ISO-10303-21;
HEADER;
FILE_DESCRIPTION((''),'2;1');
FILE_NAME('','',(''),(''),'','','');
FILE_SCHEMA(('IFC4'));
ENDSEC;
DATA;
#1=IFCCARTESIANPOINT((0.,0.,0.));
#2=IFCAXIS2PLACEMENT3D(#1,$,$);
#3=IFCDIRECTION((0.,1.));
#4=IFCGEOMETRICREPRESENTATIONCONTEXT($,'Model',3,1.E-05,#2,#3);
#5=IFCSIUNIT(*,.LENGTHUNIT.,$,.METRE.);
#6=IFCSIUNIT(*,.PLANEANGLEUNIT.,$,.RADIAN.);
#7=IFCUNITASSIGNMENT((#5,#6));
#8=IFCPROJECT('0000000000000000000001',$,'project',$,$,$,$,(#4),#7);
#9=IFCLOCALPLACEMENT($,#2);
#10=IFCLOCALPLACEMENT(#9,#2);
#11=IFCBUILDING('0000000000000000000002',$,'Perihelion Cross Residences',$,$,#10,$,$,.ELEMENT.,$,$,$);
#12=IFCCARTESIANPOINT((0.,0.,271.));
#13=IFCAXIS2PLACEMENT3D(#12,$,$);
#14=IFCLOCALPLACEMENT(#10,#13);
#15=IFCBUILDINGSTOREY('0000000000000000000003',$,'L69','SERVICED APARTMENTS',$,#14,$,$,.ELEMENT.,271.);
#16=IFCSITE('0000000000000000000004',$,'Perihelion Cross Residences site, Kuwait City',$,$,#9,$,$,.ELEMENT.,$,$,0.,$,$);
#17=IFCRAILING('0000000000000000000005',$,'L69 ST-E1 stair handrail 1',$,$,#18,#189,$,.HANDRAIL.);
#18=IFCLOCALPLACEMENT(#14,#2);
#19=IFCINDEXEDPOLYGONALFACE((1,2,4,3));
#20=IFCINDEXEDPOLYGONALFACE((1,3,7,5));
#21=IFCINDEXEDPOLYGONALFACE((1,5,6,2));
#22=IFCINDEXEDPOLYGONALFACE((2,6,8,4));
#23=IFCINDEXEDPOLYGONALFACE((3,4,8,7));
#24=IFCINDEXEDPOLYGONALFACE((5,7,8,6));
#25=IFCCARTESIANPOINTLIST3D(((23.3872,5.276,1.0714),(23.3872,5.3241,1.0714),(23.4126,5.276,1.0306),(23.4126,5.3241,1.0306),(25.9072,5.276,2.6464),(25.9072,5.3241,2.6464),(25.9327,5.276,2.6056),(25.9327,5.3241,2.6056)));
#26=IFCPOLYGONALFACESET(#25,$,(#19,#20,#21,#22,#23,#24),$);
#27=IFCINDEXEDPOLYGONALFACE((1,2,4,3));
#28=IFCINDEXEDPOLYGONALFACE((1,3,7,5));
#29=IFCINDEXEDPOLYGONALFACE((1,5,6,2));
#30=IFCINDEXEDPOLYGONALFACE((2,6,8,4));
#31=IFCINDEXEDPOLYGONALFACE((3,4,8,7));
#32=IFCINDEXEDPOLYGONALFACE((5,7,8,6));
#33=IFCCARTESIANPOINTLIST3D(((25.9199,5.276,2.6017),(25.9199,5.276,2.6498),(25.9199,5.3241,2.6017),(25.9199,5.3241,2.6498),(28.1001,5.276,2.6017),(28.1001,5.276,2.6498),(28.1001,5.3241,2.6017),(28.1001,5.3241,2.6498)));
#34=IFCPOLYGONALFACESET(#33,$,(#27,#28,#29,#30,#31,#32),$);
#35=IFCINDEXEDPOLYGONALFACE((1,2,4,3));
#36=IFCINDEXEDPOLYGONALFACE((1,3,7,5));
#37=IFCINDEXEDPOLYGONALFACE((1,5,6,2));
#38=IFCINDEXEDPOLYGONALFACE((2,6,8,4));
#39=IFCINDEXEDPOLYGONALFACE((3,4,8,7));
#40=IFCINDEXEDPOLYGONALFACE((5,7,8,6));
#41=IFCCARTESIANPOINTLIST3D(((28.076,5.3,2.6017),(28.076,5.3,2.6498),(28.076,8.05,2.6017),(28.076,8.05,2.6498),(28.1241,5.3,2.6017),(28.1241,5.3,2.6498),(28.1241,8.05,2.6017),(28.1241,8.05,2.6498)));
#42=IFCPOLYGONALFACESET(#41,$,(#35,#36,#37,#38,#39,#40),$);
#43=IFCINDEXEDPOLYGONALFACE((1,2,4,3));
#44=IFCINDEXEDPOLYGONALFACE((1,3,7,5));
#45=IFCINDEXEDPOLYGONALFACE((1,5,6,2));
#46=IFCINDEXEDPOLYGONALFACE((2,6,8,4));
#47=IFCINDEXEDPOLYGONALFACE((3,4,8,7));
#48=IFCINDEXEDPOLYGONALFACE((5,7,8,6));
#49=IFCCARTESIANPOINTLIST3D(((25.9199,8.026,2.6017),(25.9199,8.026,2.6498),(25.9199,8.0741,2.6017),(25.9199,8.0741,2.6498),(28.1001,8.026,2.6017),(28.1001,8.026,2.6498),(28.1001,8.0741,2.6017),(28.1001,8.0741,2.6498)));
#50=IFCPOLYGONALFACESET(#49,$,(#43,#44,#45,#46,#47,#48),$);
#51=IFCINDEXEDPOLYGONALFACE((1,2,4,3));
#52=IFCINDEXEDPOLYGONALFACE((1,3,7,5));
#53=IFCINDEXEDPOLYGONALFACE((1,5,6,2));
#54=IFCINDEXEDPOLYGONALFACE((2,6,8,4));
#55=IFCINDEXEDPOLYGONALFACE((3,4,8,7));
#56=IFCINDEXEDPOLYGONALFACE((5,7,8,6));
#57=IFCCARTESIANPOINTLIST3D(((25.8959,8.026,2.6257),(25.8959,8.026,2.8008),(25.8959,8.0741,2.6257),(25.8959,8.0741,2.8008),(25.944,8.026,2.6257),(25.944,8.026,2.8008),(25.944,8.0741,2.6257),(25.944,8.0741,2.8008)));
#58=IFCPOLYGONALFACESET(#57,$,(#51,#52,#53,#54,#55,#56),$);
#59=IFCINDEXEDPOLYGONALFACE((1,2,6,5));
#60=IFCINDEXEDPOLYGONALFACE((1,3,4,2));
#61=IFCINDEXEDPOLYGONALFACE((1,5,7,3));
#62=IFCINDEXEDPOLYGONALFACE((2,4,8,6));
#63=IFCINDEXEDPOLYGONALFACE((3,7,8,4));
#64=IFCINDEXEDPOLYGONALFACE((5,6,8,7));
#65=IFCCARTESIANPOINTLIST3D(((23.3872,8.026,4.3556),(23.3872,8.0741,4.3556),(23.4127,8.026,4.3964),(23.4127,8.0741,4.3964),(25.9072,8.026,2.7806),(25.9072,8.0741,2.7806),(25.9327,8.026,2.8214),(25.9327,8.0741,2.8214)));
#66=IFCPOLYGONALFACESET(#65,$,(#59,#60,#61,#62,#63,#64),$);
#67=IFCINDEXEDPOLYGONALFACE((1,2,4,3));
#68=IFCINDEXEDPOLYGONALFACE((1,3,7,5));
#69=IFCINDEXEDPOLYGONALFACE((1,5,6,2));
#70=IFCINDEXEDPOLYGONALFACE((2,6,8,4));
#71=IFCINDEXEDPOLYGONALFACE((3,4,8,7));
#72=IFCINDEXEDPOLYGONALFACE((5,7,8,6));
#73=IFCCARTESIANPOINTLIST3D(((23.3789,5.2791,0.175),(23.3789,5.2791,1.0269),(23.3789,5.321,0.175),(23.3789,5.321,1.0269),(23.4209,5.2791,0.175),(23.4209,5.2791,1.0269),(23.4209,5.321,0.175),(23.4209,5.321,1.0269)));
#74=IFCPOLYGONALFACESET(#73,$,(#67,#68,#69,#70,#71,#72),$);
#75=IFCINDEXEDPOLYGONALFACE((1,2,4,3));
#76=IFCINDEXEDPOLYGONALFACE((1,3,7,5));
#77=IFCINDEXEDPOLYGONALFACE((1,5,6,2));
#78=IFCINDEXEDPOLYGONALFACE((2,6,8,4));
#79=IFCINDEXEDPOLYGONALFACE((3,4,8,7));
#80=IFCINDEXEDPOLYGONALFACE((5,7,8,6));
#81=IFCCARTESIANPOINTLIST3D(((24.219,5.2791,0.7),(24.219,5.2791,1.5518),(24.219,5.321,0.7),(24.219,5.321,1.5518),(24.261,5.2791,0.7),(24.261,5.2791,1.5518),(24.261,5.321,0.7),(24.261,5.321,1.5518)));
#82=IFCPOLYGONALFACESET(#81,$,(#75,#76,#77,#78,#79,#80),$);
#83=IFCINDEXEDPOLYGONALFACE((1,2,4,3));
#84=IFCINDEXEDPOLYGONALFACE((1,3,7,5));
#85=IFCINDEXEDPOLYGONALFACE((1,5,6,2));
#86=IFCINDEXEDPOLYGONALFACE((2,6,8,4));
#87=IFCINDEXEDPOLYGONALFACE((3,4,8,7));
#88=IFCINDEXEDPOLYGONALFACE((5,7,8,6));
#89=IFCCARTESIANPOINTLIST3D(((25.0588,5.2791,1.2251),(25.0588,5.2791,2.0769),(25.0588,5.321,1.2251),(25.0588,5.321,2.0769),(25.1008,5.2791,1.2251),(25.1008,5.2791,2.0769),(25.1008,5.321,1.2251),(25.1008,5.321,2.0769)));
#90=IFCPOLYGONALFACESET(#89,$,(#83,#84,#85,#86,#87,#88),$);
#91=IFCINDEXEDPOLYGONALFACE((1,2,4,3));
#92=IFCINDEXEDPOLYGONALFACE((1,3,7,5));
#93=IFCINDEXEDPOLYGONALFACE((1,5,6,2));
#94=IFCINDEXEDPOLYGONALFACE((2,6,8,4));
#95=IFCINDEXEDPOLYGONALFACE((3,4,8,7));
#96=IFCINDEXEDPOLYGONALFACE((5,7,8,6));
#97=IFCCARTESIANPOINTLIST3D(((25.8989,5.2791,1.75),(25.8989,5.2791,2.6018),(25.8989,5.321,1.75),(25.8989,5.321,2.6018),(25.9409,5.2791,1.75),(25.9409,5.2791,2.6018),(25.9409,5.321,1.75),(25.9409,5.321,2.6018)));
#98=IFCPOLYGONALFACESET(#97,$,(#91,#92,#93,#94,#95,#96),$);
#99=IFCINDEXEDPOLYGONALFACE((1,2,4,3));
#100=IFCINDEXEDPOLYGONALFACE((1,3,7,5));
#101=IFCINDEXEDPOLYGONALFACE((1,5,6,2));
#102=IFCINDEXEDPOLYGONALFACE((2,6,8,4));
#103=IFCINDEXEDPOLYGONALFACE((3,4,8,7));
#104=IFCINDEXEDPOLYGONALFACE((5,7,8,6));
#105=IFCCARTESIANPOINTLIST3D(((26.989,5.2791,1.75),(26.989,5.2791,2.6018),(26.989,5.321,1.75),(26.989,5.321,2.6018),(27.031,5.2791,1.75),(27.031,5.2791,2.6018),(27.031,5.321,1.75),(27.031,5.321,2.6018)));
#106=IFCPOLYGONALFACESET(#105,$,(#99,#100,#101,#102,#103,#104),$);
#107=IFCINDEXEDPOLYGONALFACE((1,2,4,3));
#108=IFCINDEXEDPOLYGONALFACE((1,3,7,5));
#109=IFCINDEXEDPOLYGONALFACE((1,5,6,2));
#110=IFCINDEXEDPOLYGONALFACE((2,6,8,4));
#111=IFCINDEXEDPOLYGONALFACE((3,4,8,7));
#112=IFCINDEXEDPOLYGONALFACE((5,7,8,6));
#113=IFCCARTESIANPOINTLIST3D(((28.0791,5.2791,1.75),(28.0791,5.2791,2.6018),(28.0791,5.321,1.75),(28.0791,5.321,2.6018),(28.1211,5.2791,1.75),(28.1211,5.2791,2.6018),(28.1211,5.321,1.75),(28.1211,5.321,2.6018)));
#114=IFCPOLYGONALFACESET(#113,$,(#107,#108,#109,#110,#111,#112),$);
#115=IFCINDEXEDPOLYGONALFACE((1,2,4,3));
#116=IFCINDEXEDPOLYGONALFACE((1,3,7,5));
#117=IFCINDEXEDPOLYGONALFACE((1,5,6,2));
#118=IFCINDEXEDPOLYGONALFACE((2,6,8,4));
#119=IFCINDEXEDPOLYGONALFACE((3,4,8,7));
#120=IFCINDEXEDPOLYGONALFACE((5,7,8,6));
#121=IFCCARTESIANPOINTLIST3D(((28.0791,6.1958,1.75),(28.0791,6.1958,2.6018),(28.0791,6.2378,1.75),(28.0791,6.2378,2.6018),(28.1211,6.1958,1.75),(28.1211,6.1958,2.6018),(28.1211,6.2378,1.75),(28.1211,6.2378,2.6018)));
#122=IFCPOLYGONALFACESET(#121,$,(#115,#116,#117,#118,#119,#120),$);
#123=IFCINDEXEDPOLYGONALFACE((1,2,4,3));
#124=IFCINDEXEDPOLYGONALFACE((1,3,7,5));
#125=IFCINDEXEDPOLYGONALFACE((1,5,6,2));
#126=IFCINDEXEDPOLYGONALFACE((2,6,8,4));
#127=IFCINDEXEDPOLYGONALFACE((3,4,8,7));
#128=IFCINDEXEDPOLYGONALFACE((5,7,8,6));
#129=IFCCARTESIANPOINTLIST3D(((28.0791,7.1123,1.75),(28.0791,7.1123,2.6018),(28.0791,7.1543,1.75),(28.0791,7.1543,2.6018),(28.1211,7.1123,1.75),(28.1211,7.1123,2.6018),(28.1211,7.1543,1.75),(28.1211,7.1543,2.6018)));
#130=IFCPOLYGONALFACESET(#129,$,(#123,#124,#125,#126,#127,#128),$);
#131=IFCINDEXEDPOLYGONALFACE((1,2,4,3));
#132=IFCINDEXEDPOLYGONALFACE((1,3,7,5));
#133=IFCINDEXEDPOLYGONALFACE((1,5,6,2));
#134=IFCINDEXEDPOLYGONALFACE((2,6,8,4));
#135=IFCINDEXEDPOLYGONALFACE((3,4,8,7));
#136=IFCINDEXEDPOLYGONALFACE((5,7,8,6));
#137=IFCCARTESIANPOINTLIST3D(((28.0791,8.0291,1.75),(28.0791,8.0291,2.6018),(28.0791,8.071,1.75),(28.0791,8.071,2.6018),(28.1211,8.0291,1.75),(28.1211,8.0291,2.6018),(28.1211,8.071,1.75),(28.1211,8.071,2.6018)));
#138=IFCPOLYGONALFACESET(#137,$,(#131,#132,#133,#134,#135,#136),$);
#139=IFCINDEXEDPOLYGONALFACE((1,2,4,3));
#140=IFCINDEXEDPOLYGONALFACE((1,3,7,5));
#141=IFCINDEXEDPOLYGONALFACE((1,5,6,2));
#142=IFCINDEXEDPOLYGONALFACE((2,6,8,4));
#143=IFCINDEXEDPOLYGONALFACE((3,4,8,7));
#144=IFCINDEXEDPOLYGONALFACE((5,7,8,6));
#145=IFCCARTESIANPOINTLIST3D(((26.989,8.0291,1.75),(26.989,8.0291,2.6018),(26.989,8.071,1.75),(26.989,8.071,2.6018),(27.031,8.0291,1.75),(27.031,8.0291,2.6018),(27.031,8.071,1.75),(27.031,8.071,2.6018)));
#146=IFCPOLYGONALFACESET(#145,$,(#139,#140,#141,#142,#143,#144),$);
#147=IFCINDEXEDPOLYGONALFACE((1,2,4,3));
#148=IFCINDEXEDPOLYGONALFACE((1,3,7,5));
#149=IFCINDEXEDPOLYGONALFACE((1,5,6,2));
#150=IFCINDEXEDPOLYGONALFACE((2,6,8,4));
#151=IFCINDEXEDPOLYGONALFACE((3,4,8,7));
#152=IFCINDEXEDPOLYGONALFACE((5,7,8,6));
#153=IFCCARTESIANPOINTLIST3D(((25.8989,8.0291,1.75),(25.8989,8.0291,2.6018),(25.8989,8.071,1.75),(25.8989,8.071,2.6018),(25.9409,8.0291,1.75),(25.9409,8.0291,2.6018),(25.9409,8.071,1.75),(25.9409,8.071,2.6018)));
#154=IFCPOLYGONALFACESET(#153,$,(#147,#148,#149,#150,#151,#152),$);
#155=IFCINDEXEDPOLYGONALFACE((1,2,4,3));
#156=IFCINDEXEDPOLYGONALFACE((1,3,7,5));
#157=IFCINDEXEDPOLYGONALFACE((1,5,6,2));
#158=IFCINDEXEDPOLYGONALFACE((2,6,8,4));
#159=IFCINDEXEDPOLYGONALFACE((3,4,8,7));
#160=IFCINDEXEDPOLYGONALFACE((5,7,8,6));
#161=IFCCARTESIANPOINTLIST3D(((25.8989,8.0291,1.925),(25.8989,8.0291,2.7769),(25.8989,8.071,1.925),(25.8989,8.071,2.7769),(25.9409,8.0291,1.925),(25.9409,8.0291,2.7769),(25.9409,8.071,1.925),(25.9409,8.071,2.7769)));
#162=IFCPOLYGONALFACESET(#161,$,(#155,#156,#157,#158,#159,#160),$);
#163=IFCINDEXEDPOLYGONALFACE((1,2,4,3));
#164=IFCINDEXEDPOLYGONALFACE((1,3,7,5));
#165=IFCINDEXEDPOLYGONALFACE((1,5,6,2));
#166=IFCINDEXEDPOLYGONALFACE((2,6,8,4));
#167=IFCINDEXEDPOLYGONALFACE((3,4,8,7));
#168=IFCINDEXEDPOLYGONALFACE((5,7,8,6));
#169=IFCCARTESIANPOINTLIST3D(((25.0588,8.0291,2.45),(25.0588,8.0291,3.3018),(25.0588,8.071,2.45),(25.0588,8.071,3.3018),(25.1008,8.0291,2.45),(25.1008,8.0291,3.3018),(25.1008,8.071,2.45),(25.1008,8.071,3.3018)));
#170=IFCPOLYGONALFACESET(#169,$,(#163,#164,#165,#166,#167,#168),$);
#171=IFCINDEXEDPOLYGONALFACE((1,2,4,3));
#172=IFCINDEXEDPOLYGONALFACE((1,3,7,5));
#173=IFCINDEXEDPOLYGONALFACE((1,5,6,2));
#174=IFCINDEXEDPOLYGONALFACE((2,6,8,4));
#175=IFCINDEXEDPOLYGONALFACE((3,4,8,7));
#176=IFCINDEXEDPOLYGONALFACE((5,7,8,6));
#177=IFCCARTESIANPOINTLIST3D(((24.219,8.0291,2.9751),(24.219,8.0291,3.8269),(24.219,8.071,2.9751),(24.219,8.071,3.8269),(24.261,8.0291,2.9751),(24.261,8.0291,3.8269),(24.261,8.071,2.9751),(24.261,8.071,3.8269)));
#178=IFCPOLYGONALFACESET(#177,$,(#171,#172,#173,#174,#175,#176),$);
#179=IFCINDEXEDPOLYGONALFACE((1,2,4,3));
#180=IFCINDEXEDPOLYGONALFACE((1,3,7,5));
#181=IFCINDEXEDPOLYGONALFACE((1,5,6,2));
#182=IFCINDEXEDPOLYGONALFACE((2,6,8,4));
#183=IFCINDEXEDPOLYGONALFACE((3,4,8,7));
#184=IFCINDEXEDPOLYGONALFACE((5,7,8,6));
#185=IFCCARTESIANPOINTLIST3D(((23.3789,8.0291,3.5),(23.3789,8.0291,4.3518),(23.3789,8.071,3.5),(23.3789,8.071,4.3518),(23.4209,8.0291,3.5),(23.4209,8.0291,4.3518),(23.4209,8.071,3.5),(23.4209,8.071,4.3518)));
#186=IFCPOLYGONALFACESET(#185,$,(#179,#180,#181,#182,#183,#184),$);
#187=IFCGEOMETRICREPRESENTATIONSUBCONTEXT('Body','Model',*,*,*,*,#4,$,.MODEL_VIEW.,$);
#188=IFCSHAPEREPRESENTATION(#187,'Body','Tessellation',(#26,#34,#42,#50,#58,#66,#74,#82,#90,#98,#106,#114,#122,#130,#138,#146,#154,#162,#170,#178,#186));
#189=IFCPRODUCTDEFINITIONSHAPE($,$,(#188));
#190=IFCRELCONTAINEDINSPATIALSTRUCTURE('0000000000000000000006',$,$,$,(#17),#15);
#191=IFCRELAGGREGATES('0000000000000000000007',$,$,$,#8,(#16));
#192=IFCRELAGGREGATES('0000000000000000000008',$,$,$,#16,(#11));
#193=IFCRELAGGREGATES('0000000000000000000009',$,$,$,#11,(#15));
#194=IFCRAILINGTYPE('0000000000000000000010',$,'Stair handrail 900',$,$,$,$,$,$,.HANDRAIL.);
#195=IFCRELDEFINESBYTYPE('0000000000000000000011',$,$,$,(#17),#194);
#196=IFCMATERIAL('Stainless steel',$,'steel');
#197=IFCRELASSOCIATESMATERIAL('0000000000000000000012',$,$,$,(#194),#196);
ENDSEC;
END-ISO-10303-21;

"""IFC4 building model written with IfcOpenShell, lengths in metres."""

from ifc_helpers import new_model, si_unit, direction, frame, origin, origin_2d, place, context, subcontext, project, spatial, rectangle, extrude, material, type_object, element, save


model = new_model("IFC4")

# Units and contexts
model_context = context("Model", 3, precision=1e-05, world=origin(), true_north=direction((0.0, 1.0)))
body_context = subcontext(model_context, "Body", "Model", "MODEL_VIEW")
ifc_project = project(units=[si_unit("LENGTHUNIT", "METRE"), si_unit("PLANEANGLEUNIT", "RADIAN")], contexts=[model_context])

# Site, building, storey
site_placement = place(None, origin())
site = spatial("IfcSite", under=ifc_project, at=site_placement, Name="Perihelion Cross Residences site, Kuwait City", CompositionType="ELEMENT", RefElevation=0.0)
building_placement = place(site_placement, origin())
building = spatial("IfcBuilding", under=site, at=building_placement, Name="Perihelion Cross Residences", CompositionType="ELEMENT")
storey_placement = place(building_placement, frame((0.0, 0.0, 271.0)))
storey = spatial("IfcBuildingStorey", under=building, at=storey_placement, Name="L69", Description="SERVICED APARTMENTS", CompositionType="ELEMENT", Elevation=271.0)

# Railing
ifc_material_1 = material(Name="Stainless steel", Category="steel")
railing_type_1 = type_object("IfcRailingType", Name="Stair handrail 900", PredefinedType="HANDRAIL", material=ifc_material_1)
railing_1_placement = place(storey_placement, frame((23.3999, 5.3, 0.175)))
element("IfcRailing", 1, at=railing_1_placement, inside=storey, type_object=railing_type_1, Name="L69 ST-E1 stair handrail 1", PredefinedType="HANDRAIL", context=body_context, shape_type="SweptSolid", body=[
    extrude(rectangle(XDim=0.0481, YDim=0.0481, at=origin_2d()), frame((0.0, 0.0, 0.876), z_axis=(0.848008, 0.0, 0.529984), x_axis=(0.0, 1.0, 0.0)), (0.0, 0.0, 1.0), 2.9717),
    extrude(rectangle(XDim=0.0481, YDim=0.0481, at=origin_2d()), frame((2.52, 0.0, 2.4507), z_axis=(1.0, 0.0, 0.0), x_axis=(0.0, 1.0, 0.0)), (0.0, 0.0, 1.0), 2.1802),
    extrude(rectangle(XDim=0.0481, YDim=0.0481, at=origin_2d()), frame((4.7002, 0.0, 2.4507), z_axis=(0.0, 1.0, 0.0), x_axis=(-1.0, 0.0, 0.0)), (0.0, 0.0, 1.0), 2.75),
    extrude(rectangle(XDim=0.0481, YDim=0.0481, at=origin_2d()), frame((4.7002, 2.75, 2.4507), z_axis=(-1.0, 0.0, 0.0), x_axis=(0.0, -1.0, 0.0)), (0.0, 0.0, 1.0), 2.1802),
    extrude(rectangle(XDim=0.0481, YDim=0.0481, at=origin_2d()), frame((2.52, 2.75, 2.4507), z_axis=(0.0, 0.0, 1.0), x_axis=(1.0, 0.0, 0.0)), (0.0, 0.0, 1.0), 0.175),
    extrude(rectangle(XDim=0.0481, YDim=0.0481, at=origin_2d()), frame((2.52, 2.75, 2.626), z_axis=(-0.848008, 0.0, 0.529984), x_axis=(0.0, -1.0, 0.0)), (0.0, 0.0, 1.0), 2.9717),
    extrude(rectangle(XDim=0.042, YDim=0.042, at=origin_2d()), origin(), (0.0, 0.0, 1.0), 0.8518),
    extrude(rectangle(XDim=0.042, YDim=0.042, at=origin_2d()), frame((0.8401, 0.0, 0.5249)), (0.0, 0.0, 1.0), 0.8518),
    extrude(rectangle(XDim=0.042, YDim=0.042, at=origin_2d()), frame((1.6799, 0.0, 1.05)), (0.0, 0.0, 1.0), 0.8518),
    extrude(rectangle(XDim=0.042, YDim=0.042, at=origin_2d()), frame((2.52, 0.0, 1.575)), (0.0, 0.0, 1.0), 0.8518),
    extrude(rectangle(XDim=0.042, YDim=0.042, at=origin_2d()), frame((3.6101, 0.0, 1.575)), (0.0, 0.0, 1.0), 0.8518),
    extrude(rectangle(XDim=0.042, YDim=0.042, at=origin_2d()), frame((4.7002, 0.0, 1.575)), (0.0, 0.0, 1.0), 0.8518),
    extrude(rectangle(XDim=0.042, YDim=0.042, at=origin_2d()), frame((4.7002, 0.9167, 1.575)), (0.0, 0.0, 1.0), 0.8518),
    extrude(rectangle(XDim=0.042, YDim=0.042, at=origin_2d()), frame((4.7002, 1.8333, 1.575)), (0.0, 0.0, 1.0), 0.8518),
    extrude(rectangle(XDim=0.042, YDim=0.042, at=origin_2d()), frame((4.7002, 2.75, 1.575)), (0.0, 0.0, 1.0), 0.8518),
    extrude(rectangle(XDim=0.042, YDim=0.042, at=origin_2d()), frame((3.6101, 2.75, 1.575)), (0.0, 0.0, 1.0), 0.8518),
    extrude(rectangle(XDim=0.042, YDim=0.042, at=origin_2d()), frame((2.52, 2.75, 1.575)), (0.0, 0.0, 1.0), 0.8518),
    extrude(rectangle(XDim=0.042, YDim=0.042, at=origin_2d()), frame((2.52, 2.75, 1.75)), (0.0, 0.0, 1.0), 0.8518),
    extrude(rectangle(XDim=0.042, YDim=0.042, at=origin_2d()), frame((1.6799, 2.75, 2.2749)), (0.0, 0.0, 1.0), 0.8518),
    extrude(rectangle(XDim=0.042, YDim=0.042, at=origin_2d()), frame((0.8401, 2.75, 2.8)), (0.0, 0.0, 1.0), 0.8518),
    extrude(rectangle(XDim=0.042, YDim=0.042, at=origin_2d()), frame((0.0, 2.75, 3.325)), (0.0, 0.0, 1.0), 0.8518),
])

save(model, "model.ifc")
